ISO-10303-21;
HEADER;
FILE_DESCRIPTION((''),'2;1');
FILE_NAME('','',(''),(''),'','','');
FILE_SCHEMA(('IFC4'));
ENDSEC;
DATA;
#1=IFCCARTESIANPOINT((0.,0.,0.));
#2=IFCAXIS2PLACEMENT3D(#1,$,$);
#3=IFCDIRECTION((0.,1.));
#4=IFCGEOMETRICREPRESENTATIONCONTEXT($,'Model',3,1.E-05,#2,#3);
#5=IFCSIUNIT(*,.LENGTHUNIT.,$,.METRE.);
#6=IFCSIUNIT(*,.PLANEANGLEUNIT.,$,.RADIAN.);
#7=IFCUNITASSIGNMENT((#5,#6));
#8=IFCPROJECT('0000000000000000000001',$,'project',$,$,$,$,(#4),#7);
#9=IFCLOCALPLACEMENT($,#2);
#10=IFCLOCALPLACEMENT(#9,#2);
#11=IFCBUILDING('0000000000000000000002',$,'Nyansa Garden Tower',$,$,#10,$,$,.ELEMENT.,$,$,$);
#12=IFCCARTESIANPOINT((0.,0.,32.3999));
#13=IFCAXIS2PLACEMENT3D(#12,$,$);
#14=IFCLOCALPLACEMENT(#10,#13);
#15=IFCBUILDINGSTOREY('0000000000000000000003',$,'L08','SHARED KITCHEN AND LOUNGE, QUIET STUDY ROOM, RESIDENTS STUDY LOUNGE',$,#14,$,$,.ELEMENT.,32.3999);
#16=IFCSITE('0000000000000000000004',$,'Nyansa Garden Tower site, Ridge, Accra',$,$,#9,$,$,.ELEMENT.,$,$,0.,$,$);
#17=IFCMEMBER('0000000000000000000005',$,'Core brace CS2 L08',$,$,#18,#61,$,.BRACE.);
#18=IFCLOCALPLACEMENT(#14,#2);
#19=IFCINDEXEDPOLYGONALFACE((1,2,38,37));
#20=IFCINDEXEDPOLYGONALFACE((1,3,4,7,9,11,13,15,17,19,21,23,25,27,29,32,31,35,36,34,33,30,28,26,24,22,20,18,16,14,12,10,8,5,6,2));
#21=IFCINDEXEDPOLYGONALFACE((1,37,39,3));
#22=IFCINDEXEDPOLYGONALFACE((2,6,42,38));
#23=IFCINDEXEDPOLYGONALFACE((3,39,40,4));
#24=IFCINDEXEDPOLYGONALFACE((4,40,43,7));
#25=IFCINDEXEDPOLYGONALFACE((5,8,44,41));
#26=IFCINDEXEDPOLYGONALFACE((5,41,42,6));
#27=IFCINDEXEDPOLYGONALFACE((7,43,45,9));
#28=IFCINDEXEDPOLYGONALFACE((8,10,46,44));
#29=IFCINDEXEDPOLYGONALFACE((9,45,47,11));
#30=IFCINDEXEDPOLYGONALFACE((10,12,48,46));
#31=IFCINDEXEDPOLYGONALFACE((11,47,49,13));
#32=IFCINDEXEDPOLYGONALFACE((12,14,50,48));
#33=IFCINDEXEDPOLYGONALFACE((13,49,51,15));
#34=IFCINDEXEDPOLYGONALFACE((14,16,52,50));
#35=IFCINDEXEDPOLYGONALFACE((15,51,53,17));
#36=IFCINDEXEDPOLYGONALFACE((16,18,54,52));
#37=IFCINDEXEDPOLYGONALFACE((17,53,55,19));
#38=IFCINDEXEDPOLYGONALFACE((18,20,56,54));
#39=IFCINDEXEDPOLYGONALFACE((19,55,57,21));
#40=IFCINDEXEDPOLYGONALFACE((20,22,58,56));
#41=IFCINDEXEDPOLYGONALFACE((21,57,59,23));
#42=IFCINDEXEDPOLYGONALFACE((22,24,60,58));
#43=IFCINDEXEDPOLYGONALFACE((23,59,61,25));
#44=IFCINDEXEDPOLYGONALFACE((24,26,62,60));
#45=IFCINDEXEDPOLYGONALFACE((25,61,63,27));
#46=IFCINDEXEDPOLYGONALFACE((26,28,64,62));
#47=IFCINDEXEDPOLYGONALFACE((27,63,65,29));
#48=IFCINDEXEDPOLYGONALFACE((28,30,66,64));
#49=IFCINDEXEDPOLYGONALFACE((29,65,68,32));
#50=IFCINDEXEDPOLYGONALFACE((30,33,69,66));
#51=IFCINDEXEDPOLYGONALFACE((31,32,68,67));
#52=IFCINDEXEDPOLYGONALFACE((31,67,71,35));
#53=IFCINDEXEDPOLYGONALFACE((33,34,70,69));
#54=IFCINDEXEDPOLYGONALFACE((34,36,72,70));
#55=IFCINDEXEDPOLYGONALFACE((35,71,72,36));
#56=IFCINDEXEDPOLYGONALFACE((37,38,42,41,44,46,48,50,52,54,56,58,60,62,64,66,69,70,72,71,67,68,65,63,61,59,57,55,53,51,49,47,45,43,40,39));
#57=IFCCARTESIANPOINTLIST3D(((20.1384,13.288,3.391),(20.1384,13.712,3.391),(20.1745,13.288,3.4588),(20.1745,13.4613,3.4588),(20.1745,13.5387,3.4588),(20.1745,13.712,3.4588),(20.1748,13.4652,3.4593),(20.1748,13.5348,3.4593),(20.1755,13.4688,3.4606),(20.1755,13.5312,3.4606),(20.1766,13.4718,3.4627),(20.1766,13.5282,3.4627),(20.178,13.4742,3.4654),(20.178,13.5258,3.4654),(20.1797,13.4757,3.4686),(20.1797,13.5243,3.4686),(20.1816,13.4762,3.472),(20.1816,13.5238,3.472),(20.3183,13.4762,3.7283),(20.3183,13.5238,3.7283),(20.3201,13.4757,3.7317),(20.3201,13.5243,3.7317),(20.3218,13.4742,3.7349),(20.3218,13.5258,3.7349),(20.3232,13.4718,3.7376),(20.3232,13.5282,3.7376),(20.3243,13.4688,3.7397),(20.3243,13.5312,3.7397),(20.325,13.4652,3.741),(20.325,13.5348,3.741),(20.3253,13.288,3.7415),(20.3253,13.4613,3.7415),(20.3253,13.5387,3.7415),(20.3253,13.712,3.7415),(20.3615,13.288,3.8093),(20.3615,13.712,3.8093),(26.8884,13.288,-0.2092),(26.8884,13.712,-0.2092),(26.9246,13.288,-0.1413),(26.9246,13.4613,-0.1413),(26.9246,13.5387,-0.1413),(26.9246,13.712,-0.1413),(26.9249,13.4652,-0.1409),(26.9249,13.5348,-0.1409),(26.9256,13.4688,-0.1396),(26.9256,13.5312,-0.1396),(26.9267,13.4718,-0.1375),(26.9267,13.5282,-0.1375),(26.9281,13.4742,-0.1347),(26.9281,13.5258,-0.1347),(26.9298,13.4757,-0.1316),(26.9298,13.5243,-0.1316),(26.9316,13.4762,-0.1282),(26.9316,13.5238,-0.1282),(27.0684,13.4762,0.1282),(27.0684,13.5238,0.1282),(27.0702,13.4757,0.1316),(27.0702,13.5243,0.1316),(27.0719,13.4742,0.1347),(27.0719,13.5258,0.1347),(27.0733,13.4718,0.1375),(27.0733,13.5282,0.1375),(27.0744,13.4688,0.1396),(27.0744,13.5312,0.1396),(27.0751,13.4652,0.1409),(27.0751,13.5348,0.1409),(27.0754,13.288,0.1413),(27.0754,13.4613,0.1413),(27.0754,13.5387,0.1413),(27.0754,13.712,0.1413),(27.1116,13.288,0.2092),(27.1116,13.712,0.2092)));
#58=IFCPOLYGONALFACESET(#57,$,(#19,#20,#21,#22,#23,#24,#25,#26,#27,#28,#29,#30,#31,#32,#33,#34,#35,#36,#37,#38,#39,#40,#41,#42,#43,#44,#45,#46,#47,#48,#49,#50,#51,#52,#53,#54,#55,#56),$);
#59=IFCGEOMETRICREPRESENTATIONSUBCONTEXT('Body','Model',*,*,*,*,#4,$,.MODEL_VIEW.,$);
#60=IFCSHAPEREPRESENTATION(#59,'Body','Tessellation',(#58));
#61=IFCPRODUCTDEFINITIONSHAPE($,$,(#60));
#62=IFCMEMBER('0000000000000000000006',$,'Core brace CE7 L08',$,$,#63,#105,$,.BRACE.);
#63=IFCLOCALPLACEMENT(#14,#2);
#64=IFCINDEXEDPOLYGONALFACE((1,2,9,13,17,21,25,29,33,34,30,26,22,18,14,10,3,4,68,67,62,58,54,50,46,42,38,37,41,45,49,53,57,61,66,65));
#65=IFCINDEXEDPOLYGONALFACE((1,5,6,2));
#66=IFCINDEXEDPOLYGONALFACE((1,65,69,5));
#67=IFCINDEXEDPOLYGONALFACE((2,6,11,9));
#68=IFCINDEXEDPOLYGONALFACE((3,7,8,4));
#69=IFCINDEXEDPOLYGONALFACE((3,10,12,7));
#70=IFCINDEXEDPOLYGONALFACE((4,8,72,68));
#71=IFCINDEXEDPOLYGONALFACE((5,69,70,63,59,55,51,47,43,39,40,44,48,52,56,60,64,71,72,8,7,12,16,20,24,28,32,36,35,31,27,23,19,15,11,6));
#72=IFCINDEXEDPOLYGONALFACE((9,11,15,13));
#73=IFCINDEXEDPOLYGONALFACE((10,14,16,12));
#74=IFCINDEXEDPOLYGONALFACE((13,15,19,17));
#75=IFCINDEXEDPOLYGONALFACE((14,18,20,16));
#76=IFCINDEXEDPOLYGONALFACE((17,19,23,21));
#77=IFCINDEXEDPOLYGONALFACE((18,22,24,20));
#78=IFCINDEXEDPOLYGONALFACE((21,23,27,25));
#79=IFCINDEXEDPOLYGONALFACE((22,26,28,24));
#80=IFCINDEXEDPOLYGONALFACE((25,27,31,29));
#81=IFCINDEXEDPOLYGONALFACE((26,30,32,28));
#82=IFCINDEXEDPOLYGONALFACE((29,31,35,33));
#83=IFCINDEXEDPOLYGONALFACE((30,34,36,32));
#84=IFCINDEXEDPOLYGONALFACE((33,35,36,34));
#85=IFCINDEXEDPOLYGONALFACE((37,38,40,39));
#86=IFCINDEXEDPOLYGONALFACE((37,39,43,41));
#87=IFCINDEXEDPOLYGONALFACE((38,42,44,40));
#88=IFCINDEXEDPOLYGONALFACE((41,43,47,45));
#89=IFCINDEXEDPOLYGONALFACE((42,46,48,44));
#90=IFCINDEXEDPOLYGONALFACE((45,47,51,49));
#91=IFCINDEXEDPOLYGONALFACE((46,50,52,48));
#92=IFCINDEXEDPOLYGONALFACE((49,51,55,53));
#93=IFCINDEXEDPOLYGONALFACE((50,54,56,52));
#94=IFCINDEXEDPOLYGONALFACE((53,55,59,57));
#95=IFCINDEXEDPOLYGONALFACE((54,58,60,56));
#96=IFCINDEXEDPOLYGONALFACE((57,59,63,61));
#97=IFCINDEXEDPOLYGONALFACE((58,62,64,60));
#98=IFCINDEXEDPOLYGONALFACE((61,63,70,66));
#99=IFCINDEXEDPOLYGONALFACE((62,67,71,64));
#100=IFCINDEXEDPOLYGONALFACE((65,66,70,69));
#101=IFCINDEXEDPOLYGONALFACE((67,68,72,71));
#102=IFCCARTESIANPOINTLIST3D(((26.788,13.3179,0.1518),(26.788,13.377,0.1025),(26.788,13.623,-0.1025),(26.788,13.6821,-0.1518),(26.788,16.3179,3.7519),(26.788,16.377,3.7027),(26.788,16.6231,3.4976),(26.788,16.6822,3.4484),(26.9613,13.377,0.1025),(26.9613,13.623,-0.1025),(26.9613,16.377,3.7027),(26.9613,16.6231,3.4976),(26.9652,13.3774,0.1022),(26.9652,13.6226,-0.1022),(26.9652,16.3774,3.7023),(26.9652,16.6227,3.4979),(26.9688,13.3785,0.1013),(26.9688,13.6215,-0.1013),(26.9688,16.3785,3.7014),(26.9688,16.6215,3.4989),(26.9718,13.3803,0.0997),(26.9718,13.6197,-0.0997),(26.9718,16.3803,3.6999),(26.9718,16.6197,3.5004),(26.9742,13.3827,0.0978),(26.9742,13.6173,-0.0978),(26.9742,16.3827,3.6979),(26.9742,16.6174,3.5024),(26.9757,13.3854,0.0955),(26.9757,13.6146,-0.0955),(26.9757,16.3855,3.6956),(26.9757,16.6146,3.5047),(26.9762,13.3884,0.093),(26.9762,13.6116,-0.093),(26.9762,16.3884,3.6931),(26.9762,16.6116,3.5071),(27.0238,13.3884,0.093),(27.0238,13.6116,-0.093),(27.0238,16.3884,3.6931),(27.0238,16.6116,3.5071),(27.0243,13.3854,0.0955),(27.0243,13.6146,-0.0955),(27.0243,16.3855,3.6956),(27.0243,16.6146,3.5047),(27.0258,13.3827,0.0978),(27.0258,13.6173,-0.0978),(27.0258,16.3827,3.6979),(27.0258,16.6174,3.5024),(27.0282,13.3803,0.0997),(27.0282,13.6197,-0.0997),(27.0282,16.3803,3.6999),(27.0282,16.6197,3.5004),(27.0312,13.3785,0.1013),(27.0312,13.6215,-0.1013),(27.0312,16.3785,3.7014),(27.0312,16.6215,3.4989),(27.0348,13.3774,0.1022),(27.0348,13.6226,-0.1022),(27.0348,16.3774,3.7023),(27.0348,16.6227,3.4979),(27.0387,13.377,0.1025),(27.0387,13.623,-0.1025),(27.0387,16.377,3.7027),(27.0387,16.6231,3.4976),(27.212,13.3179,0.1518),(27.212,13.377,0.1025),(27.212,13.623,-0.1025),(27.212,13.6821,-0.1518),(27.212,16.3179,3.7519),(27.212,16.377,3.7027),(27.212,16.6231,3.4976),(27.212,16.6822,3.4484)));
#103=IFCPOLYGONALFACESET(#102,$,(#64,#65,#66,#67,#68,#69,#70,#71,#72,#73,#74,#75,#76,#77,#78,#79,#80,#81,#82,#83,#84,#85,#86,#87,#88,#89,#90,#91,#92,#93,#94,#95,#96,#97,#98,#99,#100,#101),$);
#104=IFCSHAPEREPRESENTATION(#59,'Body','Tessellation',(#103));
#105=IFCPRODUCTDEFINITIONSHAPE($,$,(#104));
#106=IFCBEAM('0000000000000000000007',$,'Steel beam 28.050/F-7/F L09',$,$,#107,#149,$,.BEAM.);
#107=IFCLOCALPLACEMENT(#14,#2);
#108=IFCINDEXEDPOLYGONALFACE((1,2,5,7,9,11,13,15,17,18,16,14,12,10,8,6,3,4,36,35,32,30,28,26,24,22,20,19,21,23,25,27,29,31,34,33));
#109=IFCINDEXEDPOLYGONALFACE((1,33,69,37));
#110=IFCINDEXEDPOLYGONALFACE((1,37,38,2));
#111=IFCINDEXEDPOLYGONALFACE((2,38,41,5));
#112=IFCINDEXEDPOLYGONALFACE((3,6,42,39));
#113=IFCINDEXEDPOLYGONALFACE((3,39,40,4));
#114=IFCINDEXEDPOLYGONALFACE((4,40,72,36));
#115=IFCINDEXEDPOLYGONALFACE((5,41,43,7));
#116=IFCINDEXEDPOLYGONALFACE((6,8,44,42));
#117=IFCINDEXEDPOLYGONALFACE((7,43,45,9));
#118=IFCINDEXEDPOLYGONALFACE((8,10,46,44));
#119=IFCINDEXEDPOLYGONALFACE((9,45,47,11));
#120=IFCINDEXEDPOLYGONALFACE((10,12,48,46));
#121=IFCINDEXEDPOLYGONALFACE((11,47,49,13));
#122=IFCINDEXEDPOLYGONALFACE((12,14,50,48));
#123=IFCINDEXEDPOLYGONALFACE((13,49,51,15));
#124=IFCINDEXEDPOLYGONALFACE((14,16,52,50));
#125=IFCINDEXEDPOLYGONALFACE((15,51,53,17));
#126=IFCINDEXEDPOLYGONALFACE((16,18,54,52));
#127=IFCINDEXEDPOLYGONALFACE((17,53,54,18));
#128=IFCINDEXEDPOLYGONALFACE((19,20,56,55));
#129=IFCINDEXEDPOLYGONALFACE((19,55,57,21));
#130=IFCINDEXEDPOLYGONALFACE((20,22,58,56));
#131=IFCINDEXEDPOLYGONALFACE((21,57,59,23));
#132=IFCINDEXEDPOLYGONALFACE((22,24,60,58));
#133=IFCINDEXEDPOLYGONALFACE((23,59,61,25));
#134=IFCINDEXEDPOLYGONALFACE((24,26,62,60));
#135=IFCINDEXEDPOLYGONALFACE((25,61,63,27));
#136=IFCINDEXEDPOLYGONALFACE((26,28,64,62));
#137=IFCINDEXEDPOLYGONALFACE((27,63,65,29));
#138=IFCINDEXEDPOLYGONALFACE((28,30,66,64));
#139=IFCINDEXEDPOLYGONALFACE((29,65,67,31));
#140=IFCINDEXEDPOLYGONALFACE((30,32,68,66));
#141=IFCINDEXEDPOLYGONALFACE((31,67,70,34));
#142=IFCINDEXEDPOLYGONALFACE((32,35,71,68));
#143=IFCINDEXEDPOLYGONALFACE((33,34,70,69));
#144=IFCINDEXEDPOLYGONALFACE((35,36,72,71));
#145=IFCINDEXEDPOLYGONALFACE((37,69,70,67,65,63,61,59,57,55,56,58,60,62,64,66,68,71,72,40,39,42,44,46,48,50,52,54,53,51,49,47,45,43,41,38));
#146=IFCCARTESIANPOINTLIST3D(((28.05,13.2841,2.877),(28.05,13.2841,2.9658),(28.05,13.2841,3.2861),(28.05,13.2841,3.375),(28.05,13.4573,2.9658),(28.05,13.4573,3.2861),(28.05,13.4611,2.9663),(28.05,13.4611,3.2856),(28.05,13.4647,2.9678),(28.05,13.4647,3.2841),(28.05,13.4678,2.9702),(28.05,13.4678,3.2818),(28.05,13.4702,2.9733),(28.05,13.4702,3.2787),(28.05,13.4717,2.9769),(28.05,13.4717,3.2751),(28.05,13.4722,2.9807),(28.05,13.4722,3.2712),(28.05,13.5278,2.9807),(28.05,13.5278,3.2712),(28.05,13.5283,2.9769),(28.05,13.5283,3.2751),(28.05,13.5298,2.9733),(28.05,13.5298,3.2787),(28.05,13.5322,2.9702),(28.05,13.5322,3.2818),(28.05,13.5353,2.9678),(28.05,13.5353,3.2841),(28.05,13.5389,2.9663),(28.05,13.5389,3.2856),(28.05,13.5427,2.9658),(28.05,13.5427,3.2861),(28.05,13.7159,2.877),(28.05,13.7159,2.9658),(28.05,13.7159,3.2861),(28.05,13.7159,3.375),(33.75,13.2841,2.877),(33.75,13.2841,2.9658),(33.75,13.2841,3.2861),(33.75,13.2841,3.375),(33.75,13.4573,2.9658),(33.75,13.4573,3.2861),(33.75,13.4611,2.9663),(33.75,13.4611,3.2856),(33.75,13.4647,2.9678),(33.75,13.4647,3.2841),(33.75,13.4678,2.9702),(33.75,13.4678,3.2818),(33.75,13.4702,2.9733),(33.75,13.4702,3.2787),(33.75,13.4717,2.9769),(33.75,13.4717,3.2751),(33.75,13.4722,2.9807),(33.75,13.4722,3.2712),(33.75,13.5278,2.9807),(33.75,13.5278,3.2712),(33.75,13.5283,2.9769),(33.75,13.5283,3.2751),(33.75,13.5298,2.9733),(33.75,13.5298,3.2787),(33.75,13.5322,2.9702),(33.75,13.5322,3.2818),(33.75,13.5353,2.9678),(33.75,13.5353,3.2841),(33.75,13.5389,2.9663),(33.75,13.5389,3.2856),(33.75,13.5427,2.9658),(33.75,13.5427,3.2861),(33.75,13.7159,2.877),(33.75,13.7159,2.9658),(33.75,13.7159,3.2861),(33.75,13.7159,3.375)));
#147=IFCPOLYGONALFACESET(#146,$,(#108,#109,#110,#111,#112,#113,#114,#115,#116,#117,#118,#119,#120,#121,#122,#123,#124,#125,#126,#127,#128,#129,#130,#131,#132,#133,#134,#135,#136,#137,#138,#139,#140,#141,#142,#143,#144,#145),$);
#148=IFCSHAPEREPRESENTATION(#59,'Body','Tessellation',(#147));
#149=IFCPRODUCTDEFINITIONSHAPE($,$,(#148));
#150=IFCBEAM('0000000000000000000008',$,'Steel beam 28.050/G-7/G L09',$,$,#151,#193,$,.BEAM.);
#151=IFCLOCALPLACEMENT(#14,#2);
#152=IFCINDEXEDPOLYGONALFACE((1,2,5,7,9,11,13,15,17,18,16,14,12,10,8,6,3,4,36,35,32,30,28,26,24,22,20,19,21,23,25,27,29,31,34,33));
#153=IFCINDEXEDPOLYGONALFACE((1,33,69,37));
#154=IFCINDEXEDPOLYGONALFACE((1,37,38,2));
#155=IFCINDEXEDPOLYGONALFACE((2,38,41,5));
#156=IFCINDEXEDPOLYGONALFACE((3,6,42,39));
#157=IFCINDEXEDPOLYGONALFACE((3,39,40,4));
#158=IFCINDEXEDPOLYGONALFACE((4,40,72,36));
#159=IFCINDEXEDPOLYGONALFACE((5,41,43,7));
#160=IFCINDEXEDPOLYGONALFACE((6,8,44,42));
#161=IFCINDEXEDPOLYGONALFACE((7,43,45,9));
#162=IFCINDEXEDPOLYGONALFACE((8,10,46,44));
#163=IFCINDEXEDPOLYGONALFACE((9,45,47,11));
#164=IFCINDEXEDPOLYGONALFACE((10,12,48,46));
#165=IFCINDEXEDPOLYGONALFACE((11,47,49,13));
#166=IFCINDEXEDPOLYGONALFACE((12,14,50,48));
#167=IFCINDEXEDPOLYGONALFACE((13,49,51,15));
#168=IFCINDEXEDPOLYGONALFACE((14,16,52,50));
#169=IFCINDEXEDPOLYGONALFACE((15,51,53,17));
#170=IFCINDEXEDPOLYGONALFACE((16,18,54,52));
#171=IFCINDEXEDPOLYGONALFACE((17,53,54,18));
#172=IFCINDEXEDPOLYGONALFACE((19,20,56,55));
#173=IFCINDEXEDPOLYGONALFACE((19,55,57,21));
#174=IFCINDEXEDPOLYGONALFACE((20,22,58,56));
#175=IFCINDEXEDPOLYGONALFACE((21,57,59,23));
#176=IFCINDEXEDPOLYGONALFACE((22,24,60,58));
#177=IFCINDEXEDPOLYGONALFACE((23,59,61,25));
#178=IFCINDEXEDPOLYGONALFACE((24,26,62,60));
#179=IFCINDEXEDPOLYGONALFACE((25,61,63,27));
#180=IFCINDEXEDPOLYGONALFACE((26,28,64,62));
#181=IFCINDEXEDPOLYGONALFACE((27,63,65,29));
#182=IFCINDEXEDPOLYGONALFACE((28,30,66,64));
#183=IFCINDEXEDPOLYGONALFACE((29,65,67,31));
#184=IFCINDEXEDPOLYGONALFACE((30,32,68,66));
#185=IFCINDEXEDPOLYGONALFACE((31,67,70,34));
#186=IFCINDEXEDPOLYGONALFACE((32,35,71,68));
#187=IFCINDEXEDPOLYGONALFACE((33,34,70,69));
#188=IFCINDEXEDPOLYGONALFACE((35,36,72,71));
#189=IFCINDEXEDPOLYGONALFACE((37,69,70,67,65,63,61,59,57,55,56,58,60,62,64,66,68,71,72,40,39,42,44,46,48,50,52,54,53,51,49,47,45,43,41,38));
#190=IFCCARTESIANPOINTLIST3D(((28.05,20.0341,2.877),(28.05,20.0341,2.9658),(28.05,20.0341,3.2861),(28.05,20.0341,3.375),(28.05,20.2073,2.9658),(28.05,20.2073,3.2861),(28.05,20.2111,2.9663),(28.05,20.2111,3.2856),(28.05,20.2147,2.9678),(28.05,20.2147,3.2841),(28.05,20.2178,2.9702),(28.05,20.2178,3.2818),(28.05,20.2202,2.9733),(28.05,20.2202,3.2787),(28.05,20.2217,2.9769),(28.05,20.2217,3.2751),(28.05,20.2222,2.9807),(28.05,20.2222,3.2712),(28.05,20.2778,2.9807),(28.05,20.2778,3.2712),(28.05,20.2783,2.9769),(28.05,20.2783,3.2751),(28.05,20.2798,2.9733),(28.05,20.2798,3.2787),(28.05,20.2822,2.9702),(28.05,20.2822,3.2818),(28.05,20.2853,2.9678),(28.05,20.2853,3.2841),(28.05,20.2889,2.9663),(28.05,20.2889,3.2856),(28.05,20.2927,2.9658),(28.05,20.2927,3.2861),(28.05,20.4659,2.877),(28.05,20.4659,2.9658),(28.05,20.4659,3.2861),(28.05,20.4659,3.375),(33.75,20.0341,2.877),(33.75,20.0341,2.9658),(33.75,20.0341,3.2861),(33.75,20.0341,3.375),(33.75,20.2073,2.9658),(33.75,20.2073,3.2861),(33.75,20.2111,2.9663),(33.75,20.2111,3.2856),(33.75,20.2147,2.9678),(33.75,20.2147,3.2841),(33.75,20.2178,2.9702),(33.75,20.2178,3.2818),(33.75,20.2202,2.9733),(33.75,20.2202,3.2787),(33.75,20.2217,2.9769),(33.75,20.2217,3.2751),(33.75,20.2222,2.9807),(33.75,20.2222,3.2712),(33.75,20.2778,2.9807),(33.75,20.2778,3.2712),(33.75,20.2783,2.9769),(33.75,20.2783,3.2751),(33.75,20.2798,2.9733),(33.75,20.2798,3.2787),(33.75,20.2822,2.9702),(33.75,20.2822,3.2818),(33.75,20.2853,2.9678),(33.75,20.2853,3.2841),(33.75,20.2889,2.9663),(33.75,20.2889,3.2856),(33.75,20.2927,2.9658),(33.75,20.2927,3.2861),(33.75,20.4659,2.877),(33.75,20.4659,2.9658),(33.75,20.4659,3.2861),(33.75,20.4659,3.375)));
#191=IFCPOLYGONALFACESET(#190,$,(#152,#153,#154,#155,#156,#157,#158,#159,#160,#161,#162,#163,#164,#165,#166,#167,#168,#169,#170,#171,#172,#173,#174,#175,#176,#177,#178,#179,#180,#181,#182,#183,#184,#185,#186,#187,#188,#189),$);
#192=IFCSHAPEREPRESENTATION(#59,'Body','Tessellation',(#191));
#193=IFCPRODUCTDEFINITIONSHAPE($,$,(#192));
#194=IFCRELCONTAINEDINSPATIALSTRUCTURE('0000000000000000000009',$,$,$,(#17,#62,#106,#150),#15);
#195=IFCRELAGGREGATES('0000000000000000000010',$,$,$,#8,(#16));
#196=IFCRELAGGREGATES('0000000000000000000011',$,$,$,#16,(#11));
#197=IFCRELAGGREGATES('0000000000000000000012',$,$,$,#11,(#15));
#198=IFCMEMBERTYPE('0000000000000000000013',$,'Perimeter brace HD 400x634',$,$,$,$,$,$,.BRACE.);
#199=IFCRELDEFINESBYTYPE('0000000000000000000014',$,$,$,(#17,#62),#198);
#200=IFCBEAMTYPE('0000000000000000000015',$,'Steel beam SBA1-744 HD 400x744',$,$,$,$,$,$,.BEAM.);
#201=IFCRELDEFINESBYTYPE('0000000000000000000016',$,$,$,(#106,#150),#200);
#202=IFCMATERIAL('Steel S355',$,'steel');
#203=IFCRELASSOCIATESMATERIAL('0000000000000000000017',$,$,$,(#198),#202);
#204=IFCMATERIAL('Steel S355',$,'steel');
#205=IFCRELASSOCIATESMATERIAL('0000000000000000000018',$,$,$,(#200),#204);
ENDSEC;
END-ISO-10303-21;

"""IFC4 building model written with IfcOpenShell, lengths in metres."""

from ifc_helpers import new_model, si_unit, direction, frame, origin, origin_2d, place, context, subcontext, project, spatial, i_section, extrude, material, material_profile, profile_set, type_object, element, save


model = new_model("IFC4")

# Units and contexts
model_context = context("Model", 3, precision=1e-05, world=origin(), true_north=direction((0.0, 1.0)))
body_context = subcontext(model_context, "Body", "Model", "MODEL_VIEW")
ifc_project = project(units=[si_unit("LENGTHUNIT", "METRE"), si_unit("PLANEANGLEUNIT", "RADIAN")], contexts=[model_context])

# Site, building, storey
site_placement = place(None, origin())
site = spatial("IfcSite", under=ifc_project, at=site_placement, Name="Nyansa Garden Tower site, Ridge, Accra", CompositionType="ELEMENT", RefElevation=0.0)
building_placement = place(site_placement, origin())
building = spatial("IfcBuilding", under=site, at=building_placement, Name="Nyansa Garden Tower", CompositionType="ELEMENT")
storey_placement = place(building_placement, frame((0.0, 0.0, 32.3999)))
storey = spatial("IfcBuildingStorey", under=building, at=storey_placement, Name="L08", Description="SHARED KITCHEN AND LOUNGE, QUIET STUDY ROOM, RESIDENTS STUDY LOUNGE", CompositionType="ELEMENT", Elevation=32.3999)

# Members
ifc_material_1 = material(Name="Steel S355", Category="steel")
ifc_material_profile_1 = material_profile(ifc_material_1, i_section(OverallWidth=0.4241, OverallDepth=0.4741, WebThickness=0.0476, FlangeThickness=0.0769, FilletRadius=0.0149, at=origin_2d()), Name="HD 400x634")
ifc_profile_set_1 = profile_set([ifc_material_profile_1], Name="Steel S355")
member_type = type_object("IfcMemberType", Name="Perimeter brace HD 400x634", PredefinedType="BRACE", material=ifc_profile_set_1)
member_1_placement = place(storey_placement, frame((27.0, 13.5, 0.0), z_axis=(-0.882348, 0.0, 0.470598), x_axis=(0.0, -1.0, 0.0)))
element("IfcMember", 1, at=member_1_placement, inside=storey, type_object=member_type, Name="Core brace CS2 L08", PredefinedType="BRACE", context=body_context, shape_type="SweptSolid", body=[
    extrude(i_section(OverallWidth=0.4241, OverallDepth=0.4741, WebThickness=0.0476, FlangeThickness=0.0769, FilletRadius=0.0149, at=origin_2d()), origin(), (0.0, 0.0, 1.0), 7.6501),
])
member_2_placement = place(storey_placement, frame((27.0, 13.5, 0.0), z_axis=(0.0, 0.640174, 0.76823), x_axis=(-1.0, 0.0, 0.0)))
element("IfcMember", 2, at=member_2_placement, inside=storey, type_object=member_type, Name="Core brace CE7 L08", PredefinedType="BRACE", context=body_context, shape_type="SweptSolid", body=[
    extrude(i_section(OverallWidth=0.4241, OverallDepth=0.4741, WebThickness=0.0476, FlangeThickness=0.0769, FilletRadius=0.0149, at=origin_2d()), origin(), (0.0, 0.0, 1.0), 4.6863),
])

# Beams
ifc_material_2 = material(Name="Steel S355", Category="steel")
ifc_material_profile_2 = material_profile(ifc_material_2, i_section(OverallWidth=0.4319, OverallDepth=0.498, WebThickness=0.0557, FlangeThickness=0.0889, FilletRadius=0.0149, at=origin_2d()), Name="HD 400x744")
ifc_profile_set_2 = profile_set([ifc_material_profile_2], Name="Steel S355")
beam_type_1 = type_object("IfcBeamType", Name="Steel beam SBA1-744 HD 400x744", PredefinedType="BEAM", material=ifc_profile_set_2)
for number, where, z_axis, x_axis, name in (
    (3, (28.05, 13.5, 3.126), (1.0, 0.0, 0.0), (0.0, 1.0, 0.0), "Steel beam 28.050/F-7/F L09"),
    (4, (28.05, 20.25, 3.126), (1.0, 0.0, 0.0), (0.0, 1.0, 0.0), "Steel beam 28.050/G-7/G L09"),
):
    element("IfcBeam", number, at=place(storey_placement, frame(where, z_axis=z_axis, x_axis=x_axis)), inside=storey, type_object=beam_type_1, Name=name, PredefinedType="BEAM", context=body_context, shape_type="SweptSolid", body=[
        extrude(i_section(OverallWidth=0.4319, OverallDepth=0.498, WebThickness=0.0557, FlangeThickness=0.0889, FilletRadius=0.0149, at=origin_2d()), origin(), (0.0, 0.0, 1.0), 5.7),
    ])

save(model, "model.ifc")
